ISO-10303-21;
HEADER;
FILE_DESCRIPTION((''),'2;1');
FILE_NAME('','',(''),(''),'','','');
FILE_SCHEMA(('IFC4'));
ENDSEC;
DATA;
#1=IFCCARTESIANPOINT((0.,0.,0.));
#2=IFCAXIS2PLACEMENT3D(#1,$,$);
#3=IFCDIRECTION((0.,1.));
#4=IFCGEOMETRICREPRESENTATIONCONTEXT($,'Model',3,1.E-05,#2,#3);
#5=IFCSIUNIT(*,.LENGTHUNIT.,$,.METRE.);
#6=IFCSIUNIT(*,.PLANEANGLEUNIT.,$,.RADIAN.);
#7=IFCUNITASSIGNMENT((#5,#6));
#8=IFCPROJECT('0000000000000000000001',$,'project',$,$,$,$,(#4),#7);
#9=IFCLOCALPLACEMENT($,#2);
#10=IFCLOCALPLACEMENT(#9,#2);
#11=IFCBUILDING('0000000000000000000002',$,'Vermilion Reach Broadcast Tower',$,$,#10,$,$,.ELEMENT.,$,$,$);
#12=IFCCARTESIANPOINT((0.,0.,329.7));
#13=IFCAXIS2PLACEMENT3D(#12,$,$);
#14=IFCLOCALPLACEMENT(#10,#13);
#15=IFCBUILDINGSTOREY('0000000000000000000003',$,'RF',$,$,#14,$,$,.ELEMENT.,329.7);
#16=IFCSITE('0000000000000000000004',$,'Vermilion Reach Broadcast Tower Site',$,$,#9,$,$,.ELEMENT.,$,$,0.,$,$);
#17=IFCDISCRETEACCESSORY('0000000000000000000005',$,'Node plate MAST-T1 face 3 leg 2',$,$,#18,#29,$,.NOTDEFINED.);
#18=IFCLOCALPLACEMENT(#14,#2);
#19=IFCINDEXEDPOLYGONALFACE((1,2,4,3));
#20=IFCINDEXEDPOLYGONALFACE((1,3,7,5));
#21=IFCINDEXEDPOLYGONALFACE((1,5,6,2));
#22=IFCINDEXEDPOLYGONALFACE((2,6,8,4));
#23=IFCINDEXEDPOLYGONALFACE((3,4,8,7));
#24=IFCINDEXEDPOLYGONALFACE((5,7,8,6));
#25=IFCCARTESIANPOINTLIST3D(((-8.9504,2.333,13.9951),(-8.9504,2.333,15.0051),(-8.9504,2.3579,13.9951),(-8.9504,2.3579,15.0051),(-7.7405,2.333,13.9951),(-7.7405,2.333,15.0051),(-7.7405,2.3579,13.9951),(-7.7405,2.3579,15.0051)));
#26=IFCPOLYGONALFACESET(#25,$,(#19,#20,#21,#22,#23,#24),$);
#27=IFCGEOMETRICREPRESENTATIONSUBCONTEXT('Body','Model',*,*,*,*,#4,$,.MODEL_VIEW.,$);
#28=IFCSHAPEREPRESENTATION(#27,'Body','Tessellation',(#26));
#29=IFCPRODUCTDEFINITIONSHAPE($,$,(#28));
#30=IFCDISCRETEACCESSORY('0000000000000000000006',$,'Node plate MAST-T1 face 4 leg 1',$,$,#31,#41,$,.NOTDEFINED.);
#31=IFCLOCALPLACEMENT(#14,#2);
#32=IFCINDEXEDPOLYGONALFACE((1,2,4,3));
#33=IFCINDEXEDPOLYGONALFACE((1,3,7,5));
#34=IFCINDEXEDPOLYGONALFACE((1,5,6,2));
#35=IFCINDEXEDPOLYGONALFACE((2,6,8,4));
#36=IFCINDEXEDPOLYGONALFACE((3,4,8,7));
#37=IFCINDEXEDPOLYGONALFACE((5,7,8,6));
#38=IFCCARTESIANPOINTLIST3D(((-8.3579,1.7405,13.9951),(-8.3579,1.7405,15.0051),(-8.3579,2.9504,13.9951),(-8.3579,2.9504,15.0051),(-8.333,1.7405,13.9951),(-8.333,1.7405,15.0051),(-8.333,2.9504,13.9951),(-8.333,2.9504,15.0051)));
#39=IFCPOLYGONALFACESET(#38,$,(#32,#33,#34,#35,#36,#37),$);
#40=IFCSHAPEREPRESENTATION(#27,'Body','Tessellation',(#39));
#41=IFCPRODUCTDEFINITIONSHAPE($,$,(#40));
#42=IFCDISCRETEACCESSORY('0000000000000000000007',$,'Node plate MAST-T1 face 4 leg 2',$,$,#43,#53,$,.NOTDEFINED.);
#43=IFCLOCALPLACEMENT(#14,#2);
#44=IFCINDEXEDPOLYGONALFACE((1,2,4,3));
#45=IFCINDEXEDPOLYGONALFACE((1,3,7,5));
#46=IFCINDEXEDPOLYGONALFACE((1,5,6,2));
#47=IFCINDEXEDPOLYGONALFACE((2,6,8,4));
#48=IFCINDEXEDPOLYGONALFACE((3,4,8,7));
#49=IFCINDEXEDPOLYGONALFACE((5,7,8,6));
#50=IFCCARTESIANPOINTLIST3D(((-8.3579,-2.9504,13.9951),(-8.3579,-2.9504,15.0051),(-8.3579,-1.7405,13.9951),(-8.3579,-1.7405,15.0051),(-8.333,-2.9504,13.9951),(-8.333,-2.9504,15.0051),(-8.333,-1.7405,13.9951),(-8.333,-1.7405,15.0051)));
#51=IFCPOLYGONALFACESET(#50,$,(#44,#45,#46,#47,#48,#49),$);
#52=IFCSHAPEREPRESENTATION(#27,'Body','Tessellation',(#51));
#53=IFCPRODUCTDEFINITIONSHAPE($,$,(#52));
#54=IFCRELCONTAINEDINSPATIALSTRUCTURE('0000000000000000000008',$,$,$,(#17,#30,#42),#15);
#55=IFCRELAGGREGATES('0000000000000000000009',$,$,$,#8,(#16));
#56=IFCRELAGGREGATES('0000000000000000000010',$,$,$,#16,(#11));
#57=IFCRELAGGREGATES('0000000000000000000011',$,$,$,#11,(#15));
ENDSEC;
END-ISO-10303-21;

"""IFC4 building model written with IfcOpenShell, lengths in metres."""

from ifc_helpers import new_model, si_unit, direction, frame, origin, origin_2d, place, context, subcontext, project, spatial, rectangle, extrude, element, save


model = new_model("IFC4")

# Units and contexts
model_context = context("Model", 3, precision=1e-05, world=origin(), true_north=direction((0.0, 1.0)))
body_context = subcontext(model_context, "Body", "Model", "MODEL_VIEW")
ifc_project = project(units=[si_unit("LENGTHUNIT", "METRE"), si_unit("PLANEANGLEUNIT", "RADIAN")], contexts=[model_context])

# Site, building, storey
site_placement = place(None, origin())
site = spatial("IfcSite", under=ifc_project, at=site_placement, Name="Vermilion Reach Broadcast Tower Site", CompositionType="ELEMENT", RefElevation=0.0)
building_placement = place(site_placement, origin())
building = spatial("IfcBuilding", under=site, at=building_placement, Name="Vermilion Reach Broadcast Tower", CompositionType="ELEMENT")
storey_placement = place(building_placement, frame((0.0, 0.0, 329.7)))
storey = spatial("IfcBuildingStorey", under=building, at=storey_placement, Name="RF", CompositionType="ELEMENT", Elevation=329.7)

# Discrete accessories
for number, where, z_axis, x_axis, name in (
    (1, (-8.3455, 2.3455, 13.9951), (0.0, 0.0, 1.0), (0.0, -1.0, 0.0), "Node plate MAST-T1 face 3 leg 2"),
    (2, (-8.3455, 2.3455, 13.9951), (0.0, 0.0, 1.0), (1.0, 0.0, 0.0), "Node plate MAST-T1 face 4 leg 1"),
    (3, (-8.3455, -2.3455, 13.9951), (0.0, 0.0, 1.0), (1.0, 0.0, 0.0), "Node plate MAST-T1 face 4 leg 2"),
):
    element("IfcDiscreteAccessory", number, at=place(storey_placement, frame(where, z_axis=z_axis, x_axis=x_axis)), inside=storey, Name=name, PredefinedType="NOTDEFINED", context=body_context, shape_type="SweptSolid", body=[
        extrude(rectangle(XDim=0.0249, YDim=1.21, at=origin_2d()), origin(), (0.0, 0.0, 1.0), 1.01),
    ])

save(model, "model.ifc")
